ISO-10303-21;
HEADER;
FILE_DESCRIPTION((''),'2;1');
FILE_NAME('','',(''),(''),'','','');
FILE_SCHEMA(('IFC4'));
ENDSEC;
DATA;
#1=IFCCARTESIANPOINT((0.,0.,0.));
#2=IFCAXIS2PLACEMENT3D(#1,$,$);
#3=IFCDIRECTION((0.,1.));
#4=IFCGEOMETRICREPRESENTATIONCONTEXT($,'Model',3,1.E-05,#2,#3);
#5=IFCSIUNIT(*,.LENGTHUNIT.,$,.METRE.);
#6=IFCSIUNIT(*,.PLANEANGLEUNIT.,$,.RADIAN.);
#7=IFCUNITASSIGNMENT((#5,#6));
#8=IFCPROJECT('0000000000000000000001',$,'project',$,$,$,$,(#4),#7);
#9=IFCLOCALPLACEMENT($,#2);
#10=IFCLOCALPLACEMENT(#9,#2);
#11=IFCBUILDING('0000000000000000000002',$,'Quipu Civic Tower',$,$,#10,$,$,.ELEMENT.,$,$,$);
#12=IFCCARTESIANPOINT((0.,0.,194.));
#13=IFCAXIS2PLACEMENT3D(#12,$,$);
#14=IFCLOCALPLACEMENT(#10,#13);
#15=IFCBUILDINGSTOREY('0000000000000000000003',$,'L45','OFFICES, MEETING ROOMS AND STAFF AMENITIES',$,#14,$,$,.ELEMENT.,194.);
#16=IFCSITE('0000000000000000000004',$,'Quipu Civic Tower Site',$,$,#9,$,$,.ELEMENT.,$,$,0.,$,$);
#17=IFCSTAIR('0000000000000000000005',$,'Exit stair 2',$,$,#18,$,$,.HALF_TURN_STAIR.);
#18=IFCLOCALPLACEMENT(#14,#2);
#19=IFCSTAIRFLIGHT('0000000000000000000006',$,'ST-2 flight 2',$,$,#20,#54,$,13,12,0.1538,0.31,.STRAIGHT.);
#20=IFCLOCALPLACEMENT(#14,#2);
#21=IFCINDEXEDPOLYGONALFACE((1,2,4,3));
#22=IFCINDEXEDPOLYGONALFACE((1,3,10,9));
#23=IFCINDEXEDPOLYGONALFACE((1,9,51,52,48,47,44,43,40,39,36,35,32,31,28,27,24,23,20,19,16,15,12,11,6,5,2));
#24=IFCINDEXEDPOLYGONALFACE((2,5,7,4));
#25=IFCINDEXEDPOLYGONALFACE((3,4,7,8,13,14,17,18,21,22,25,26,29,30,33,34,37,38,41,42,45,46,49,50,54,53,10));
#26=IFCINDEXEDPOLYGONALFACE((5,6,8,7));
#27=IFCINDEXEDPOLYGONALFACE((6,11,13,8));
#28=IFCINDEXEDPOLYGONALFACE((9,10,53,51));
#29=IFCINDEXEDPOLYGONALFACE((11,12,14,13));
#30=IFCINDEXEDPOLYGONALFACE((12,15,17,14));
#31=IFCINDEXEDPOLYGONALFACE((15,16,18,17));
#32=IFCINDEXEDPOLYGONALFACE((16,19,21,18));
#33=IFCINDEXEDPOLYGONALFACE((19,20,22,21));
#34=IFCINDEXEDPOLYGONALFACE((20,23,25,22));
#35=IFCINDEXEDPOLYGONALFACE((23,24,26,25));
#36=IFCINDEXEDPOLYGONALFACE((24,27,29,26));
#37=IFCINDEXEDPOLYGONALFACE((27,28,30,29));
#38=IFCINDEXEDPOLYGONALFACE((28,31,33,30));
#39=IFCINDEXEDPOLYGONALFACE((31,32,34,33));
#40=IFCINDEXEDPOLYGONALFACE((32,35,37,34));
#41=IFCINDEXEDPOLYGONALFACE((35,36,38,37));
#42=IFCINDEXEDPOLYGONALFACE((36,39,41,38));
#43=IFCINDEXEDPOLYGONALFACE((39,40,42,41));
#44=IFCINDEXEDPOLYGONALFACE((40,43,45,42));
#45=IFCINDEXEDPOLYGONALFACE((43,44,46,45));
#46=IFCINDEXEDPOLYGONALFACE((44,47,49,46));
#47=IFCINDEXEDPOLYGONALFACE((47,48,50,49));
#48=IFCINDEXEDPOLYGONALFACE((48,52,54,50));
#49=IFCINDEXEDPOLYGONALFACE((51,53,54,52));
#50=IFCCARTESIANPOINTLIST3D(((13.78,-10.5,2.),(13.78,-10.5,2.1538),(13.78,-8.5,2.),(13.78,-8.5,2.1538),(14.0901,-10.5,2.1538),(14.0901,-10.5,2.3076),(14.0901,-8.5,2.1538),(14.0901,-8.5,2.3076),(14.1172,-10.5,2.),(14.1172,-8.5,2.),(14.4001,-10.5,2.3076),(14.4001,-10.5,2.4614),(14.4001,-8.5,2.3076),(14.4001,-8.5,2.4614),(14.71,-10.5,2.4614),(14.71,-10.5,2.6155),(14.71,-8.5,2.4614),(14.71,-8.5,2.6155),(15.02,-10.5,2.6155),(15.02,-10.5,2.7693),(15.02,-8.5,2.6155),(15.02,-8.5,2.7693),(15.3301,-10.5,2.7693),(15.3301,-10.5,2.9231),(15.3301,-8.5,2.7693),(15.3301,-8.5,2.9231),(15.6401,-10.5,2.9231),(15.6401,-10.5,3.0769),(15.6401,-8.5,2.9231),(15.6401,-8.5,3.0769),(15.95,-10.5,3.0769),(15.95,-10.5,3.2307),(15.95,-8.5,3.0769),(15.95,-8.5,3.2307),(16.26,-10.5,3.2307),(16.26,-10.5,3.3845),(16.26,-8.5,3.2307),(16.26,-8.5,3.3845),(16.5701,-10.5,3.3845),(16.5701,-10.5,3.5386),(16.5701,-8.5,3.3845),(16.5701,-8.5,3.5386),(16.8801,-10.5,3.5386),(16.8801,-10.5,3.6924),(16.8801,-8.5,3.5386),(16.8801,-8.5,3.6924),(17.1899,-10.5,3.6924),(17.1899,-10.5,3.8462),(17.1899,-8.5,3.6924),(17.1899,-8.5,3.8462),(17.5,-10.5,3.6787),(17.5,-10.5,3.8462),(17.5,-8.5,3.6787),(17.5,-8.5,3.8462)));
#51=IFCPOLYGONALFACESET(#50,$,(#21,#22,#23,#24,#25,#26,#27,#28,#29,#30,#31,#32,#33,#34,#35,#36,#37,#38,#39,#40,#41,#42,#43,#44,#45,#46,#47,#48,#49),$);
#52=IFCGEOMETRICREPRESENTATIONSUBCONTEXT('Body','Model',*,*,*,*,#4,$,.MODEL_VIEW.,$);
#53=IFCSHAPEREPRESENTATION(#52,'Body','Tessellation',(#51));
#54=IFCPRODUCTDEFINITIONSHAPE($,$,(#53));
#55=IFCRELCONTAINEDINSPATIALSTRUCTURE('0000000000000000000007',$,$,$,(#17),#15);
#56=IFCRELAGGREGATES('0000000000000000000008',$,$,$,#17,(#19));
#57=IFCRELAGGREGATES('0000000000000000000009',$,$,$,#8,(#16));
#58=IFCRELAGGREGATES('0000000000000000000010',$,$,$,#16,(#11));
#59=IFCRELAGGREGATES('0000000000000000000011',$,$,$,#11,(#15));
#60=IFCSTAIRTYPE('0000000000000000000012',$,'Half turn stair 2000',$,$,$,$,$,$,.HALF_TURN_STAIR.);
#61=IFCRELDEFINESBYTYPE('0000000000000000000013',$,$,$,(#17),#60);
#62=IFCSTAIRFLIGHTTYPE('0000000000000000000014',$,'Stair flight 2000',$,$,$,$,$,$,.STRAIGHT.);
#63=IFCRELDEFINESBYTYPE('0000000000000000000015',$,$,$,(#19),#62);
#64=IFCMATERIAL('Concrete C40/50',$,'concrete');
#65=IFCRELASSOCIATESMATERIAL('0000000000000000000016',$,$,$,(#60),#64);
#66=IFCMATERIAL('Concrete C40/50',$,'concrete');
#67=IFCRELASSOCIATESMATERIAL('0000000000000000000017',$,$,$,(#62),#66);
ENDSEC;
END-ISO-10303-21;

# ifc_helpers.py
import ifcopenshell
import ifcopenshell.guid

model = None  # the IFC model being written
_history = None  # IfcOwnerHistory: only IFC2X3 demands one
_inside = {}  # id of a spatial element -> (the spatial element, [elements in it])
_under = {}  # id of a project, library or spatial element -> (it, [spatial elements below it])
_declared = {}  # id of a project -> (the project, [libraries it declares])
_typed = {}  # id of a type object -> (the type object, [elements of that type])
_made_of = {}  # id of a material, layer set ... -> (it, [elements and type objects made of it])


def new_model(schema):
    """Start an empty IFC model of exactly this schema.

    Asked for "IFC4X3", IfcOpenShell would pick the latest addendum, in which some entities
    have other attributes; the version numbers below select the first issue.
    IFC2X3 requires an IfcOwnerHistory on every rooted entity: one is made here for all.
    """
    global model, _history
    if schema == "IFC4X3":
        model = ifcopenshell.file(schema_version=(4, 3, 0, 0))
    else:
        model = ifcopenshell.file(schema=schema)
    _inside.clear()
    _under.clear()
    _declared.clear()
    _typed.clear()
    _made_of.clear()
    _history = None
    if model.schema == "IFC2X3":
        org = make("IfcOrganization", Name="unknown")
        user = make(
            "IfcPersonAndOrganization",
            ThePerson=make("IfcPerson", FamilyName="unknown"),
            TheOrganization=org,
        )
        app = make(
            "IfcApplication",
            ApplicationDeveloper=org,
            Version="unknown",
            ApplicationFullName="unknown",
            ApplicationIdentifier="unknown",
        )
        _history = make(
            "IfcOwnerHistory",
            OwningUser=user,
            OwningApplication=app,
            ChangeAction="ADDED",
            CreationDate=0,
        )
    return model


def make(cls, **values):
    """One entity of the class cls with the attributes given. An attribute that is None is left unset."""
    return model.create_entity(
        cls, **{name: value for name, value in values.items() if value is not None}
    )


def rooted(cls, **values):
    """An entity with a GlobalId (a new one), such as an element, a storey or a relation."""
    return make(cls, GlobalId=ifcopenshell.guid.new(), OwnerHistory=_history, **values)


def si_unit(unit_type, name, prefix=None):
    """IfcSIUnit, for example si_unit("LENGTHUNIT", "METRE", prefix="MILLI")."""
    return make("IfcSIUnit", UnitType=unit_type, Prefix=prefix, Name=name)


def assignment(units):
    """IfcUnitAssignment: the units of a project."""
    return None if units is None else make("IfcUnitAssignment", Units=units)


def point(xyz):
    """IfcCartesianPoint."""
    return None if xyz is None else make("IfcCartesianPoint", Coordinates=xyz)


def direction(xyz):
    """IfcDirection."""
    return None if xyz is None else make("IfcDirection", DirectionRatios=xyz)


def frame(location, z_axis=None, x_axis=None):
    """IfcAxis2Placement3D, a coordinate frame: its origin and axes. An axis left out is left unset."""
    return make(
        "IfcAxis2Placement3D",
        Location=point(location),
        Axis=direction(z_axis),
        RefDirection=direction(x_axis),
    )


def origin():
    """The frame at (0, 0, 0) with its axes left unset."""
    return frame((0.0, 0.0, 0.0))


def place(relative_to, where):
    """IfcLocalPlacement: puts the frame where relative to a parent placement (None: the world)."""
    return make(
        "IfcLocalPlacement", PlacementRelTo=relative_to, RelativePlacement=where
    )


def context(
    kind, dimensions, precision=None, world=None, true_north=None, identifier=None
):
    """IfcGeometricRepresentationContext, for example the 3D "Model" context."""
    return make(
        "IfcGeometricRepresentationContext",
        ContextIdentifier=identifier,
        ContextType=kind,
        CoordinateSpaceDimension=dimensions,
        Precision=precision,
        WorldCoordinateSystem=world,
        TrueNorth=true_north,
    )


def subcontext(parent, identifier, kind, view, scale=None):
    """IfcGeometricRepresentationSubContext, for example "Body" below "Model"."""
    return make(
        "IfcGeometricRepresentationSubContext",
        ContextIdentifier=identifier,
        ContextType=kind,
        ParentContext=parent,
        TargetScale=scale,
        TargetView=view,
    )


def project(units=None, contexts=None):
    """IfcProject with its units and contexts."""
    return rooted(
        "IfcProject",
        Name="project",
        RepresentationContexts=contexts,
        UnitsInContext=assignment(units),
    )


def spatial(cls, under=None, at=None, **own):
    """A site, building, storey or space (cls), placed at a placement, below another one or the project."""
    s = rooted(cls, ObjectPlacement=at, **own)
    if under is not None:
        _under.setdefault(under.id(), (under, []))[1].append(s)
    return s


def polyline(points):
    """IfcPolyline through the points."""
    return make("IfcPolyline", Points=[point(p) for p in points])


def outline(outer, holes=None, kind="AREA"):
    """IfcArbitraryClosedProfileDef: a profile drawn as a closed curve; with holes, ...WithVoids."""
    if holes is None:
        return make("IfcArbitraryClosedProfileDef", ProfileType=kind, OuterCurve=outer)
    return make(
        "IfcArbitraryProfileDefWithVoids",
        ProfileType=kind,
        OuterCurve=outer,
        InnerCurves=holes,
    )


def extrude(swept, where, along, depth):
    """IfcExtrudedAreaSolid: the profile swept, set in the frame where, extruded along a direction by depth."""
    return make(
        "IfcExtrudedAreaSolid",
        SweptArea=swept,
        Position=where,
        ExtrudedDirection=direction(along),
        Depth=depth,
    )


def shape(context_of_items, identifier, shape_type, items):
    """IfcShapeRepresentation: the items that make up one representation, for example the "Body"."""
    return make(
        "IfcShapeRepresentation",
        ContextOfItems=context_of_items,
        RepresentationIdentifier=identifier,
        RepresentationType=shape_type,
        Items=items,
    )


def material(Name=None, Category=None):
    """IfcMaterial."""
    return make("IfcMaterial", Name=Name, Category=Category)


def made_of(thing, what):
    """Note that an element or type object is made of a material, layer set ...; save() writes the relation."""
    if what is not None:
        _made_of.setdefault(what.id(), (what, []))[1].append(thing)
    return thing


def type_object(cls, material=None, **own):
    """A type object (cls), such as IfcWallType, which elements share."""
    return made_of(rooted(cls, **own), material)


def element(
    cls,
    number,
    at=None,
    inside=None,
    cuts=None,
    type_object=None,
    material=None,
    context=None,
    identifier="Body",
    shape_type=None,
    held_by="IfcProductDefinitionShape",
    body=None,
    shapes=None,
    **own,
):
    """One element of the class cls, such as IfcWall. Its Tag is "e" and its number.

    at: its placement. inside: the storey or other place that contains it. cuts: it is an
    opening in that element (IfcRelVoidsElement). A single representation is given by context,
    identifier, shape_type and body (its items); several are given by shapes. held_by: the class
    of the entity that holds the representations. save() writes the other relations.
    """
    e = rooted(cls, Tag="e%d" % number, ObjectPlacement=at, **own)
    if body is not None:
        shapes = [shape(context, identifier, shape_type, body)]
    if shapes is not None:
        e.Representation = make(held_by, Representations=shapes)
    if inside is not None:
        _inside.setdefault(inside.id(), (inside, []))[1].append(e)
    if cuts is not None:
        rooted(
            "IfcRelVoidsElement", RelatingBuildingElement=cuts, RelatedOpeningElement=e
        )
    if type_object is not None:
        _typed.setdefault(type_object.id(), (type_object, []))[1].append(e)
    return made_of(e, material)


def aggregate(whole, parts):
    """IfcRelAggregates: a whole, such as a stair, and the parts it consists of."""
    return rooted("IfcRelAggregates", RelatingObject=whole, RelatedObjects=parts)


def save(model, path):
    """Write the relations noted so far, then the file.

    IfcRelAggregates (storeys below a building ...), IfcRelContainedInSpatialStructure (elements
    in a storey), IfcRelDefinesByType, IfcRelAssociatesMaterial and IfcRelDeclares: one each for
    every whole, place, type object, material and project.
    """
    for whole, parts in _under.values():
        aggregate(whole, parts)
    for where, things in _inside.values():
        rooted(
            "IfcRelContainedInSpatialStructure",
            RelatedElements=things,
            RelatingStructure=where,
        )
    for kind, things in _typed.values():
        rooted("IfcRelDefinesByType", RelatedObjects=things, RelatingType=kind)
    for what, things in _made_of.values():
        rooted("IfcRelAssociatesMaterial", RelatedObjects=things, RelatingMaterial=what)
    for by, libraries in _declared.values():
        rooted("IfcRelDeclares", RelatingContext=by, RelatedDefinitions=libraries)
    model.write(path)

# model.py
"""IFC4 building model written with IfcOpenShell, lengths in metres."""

from ifc_helpers import new_model, si_unit, direction, frame, origin, place, context, subcontext, project, spatial, polyline, outline, extrude, material, type_object, element, aggregate, save


model = new_model("IFC4")

# Units and contexts
model_context = context("Model", 3, precision=1e-05, world=origin(), true_north=direction((0.0, 1.0)))
body_context = subcontext(model_context, "Body", "Model", "MODEL_VIEW")
ifc_project = project(units=[si_unit("LENGTHUNIT", "METRE"), si_unit("PLANEANGLEUNIT", "RADIAN")], contexts=[model_context])

# Site, building, storey
site_placement = place(None, origin())
site = spatial("IfcSite", under=ifc_project, at=site_placement, Name="Quipu Civic Tower Site", CompositionType="ELEMENT", RefElevation=0.0)
building_placement = place(site_placement, origin())
building = spatial("IfcBuilding", under=site, at=building_placement, Name="Quipu Civic Tower", CompositionType="ELEMENT")
storey_placement = place(building_placement, frame((0.0, 0.0, 194.0)))
storey = spatial("IfcBuildingStorey", under=building, at=storey_placement, Name="L45", Description="OFFICES, MEETING ROOMS AND STAFF AMENITIES", CompositionType="ELEMENT", Elevation=194.0)

# Stair, stair flight
ifc_material_1 = material(Name="Concrete C40/50", Category="concrete")
stair_type = type_object("IfcStairType", Name="Half turn stair 2000", PredefinedType="HALF_TURN_STAIR", material=ifc_material_1)
stair_placement = place(storey_placement, origin())
stair = element("IfcStair", 1, at=stair_placement, inside=storey, type_object=stair_type, Name="Exit stair 2", PredefinedType="HALF_TURN_STAIR")
ifc_material_2 = material(Name="Concrete C40/50", Category="concrete")
stair_flight_type = type_object("IfcStairFlightType", Name="Stair flight 2000", PredefinedType="STRAIGHT", material=ifc_material_2)
stair_flight_1_placement = place(storey_placement, frame((13.78, -9.5, 2.0), z_axis=(0.0, 0.0, 1.0), x_axis=(1.0, 0.0, 0.0)))
stair_flight_1 = element("IfcStairFlight", 2, at=stair_flight_1_placement, type_object=stair_flight_type, Name="ST-2 flight 2", NumberOfRisers=13, NumberOfTreads=12, PredefinedType="STRAIGHT", RiserHeight=0.1538, TreadLength=0.31, context=body_context, shape_type="SweptSolid", body=[
    extrude(outline(polyline([(0.0, 0.0), (0.0, 0.1538), (0.3101, 0.1538), (0.3101, 0.3076), (0.6201, 0.3076), (0.6201, 0.4614), (0.9299, 0.4614), (0.9299, 0.6155), (1.24, 0.6155), (1.24, 0.7693), (1.55, 0.7693), (1.55, 0.9231), (1.8601, 0.9231), (1.8601, 1.0769), (2.1699, 1.0769), (2.1699, 1.2307), (2.48, 1.2307), (2.48, 1.3845), (2.79, 1.3845), (2.79, 1.5386), (3.1001, 1.5386), (3.1001, 1.6924), (3.4099, 1.6924), (3.4099, 1.8462), (3.72, 1.8462), (3.72, 2.0), (3.72, 1.6787), (0.3372, 0.0), (0.0, 0.0)])), frame((0.0, 1.0, 0.0), z_axis=(0.0, -1.0, 0.0), x_axis=(1.0, 0.0, 0.0)), (0.0, 0.0, 1.0), 2.0),
])
aggregate(stair, [stair_flight_1])

save(model, "model.ifc")
